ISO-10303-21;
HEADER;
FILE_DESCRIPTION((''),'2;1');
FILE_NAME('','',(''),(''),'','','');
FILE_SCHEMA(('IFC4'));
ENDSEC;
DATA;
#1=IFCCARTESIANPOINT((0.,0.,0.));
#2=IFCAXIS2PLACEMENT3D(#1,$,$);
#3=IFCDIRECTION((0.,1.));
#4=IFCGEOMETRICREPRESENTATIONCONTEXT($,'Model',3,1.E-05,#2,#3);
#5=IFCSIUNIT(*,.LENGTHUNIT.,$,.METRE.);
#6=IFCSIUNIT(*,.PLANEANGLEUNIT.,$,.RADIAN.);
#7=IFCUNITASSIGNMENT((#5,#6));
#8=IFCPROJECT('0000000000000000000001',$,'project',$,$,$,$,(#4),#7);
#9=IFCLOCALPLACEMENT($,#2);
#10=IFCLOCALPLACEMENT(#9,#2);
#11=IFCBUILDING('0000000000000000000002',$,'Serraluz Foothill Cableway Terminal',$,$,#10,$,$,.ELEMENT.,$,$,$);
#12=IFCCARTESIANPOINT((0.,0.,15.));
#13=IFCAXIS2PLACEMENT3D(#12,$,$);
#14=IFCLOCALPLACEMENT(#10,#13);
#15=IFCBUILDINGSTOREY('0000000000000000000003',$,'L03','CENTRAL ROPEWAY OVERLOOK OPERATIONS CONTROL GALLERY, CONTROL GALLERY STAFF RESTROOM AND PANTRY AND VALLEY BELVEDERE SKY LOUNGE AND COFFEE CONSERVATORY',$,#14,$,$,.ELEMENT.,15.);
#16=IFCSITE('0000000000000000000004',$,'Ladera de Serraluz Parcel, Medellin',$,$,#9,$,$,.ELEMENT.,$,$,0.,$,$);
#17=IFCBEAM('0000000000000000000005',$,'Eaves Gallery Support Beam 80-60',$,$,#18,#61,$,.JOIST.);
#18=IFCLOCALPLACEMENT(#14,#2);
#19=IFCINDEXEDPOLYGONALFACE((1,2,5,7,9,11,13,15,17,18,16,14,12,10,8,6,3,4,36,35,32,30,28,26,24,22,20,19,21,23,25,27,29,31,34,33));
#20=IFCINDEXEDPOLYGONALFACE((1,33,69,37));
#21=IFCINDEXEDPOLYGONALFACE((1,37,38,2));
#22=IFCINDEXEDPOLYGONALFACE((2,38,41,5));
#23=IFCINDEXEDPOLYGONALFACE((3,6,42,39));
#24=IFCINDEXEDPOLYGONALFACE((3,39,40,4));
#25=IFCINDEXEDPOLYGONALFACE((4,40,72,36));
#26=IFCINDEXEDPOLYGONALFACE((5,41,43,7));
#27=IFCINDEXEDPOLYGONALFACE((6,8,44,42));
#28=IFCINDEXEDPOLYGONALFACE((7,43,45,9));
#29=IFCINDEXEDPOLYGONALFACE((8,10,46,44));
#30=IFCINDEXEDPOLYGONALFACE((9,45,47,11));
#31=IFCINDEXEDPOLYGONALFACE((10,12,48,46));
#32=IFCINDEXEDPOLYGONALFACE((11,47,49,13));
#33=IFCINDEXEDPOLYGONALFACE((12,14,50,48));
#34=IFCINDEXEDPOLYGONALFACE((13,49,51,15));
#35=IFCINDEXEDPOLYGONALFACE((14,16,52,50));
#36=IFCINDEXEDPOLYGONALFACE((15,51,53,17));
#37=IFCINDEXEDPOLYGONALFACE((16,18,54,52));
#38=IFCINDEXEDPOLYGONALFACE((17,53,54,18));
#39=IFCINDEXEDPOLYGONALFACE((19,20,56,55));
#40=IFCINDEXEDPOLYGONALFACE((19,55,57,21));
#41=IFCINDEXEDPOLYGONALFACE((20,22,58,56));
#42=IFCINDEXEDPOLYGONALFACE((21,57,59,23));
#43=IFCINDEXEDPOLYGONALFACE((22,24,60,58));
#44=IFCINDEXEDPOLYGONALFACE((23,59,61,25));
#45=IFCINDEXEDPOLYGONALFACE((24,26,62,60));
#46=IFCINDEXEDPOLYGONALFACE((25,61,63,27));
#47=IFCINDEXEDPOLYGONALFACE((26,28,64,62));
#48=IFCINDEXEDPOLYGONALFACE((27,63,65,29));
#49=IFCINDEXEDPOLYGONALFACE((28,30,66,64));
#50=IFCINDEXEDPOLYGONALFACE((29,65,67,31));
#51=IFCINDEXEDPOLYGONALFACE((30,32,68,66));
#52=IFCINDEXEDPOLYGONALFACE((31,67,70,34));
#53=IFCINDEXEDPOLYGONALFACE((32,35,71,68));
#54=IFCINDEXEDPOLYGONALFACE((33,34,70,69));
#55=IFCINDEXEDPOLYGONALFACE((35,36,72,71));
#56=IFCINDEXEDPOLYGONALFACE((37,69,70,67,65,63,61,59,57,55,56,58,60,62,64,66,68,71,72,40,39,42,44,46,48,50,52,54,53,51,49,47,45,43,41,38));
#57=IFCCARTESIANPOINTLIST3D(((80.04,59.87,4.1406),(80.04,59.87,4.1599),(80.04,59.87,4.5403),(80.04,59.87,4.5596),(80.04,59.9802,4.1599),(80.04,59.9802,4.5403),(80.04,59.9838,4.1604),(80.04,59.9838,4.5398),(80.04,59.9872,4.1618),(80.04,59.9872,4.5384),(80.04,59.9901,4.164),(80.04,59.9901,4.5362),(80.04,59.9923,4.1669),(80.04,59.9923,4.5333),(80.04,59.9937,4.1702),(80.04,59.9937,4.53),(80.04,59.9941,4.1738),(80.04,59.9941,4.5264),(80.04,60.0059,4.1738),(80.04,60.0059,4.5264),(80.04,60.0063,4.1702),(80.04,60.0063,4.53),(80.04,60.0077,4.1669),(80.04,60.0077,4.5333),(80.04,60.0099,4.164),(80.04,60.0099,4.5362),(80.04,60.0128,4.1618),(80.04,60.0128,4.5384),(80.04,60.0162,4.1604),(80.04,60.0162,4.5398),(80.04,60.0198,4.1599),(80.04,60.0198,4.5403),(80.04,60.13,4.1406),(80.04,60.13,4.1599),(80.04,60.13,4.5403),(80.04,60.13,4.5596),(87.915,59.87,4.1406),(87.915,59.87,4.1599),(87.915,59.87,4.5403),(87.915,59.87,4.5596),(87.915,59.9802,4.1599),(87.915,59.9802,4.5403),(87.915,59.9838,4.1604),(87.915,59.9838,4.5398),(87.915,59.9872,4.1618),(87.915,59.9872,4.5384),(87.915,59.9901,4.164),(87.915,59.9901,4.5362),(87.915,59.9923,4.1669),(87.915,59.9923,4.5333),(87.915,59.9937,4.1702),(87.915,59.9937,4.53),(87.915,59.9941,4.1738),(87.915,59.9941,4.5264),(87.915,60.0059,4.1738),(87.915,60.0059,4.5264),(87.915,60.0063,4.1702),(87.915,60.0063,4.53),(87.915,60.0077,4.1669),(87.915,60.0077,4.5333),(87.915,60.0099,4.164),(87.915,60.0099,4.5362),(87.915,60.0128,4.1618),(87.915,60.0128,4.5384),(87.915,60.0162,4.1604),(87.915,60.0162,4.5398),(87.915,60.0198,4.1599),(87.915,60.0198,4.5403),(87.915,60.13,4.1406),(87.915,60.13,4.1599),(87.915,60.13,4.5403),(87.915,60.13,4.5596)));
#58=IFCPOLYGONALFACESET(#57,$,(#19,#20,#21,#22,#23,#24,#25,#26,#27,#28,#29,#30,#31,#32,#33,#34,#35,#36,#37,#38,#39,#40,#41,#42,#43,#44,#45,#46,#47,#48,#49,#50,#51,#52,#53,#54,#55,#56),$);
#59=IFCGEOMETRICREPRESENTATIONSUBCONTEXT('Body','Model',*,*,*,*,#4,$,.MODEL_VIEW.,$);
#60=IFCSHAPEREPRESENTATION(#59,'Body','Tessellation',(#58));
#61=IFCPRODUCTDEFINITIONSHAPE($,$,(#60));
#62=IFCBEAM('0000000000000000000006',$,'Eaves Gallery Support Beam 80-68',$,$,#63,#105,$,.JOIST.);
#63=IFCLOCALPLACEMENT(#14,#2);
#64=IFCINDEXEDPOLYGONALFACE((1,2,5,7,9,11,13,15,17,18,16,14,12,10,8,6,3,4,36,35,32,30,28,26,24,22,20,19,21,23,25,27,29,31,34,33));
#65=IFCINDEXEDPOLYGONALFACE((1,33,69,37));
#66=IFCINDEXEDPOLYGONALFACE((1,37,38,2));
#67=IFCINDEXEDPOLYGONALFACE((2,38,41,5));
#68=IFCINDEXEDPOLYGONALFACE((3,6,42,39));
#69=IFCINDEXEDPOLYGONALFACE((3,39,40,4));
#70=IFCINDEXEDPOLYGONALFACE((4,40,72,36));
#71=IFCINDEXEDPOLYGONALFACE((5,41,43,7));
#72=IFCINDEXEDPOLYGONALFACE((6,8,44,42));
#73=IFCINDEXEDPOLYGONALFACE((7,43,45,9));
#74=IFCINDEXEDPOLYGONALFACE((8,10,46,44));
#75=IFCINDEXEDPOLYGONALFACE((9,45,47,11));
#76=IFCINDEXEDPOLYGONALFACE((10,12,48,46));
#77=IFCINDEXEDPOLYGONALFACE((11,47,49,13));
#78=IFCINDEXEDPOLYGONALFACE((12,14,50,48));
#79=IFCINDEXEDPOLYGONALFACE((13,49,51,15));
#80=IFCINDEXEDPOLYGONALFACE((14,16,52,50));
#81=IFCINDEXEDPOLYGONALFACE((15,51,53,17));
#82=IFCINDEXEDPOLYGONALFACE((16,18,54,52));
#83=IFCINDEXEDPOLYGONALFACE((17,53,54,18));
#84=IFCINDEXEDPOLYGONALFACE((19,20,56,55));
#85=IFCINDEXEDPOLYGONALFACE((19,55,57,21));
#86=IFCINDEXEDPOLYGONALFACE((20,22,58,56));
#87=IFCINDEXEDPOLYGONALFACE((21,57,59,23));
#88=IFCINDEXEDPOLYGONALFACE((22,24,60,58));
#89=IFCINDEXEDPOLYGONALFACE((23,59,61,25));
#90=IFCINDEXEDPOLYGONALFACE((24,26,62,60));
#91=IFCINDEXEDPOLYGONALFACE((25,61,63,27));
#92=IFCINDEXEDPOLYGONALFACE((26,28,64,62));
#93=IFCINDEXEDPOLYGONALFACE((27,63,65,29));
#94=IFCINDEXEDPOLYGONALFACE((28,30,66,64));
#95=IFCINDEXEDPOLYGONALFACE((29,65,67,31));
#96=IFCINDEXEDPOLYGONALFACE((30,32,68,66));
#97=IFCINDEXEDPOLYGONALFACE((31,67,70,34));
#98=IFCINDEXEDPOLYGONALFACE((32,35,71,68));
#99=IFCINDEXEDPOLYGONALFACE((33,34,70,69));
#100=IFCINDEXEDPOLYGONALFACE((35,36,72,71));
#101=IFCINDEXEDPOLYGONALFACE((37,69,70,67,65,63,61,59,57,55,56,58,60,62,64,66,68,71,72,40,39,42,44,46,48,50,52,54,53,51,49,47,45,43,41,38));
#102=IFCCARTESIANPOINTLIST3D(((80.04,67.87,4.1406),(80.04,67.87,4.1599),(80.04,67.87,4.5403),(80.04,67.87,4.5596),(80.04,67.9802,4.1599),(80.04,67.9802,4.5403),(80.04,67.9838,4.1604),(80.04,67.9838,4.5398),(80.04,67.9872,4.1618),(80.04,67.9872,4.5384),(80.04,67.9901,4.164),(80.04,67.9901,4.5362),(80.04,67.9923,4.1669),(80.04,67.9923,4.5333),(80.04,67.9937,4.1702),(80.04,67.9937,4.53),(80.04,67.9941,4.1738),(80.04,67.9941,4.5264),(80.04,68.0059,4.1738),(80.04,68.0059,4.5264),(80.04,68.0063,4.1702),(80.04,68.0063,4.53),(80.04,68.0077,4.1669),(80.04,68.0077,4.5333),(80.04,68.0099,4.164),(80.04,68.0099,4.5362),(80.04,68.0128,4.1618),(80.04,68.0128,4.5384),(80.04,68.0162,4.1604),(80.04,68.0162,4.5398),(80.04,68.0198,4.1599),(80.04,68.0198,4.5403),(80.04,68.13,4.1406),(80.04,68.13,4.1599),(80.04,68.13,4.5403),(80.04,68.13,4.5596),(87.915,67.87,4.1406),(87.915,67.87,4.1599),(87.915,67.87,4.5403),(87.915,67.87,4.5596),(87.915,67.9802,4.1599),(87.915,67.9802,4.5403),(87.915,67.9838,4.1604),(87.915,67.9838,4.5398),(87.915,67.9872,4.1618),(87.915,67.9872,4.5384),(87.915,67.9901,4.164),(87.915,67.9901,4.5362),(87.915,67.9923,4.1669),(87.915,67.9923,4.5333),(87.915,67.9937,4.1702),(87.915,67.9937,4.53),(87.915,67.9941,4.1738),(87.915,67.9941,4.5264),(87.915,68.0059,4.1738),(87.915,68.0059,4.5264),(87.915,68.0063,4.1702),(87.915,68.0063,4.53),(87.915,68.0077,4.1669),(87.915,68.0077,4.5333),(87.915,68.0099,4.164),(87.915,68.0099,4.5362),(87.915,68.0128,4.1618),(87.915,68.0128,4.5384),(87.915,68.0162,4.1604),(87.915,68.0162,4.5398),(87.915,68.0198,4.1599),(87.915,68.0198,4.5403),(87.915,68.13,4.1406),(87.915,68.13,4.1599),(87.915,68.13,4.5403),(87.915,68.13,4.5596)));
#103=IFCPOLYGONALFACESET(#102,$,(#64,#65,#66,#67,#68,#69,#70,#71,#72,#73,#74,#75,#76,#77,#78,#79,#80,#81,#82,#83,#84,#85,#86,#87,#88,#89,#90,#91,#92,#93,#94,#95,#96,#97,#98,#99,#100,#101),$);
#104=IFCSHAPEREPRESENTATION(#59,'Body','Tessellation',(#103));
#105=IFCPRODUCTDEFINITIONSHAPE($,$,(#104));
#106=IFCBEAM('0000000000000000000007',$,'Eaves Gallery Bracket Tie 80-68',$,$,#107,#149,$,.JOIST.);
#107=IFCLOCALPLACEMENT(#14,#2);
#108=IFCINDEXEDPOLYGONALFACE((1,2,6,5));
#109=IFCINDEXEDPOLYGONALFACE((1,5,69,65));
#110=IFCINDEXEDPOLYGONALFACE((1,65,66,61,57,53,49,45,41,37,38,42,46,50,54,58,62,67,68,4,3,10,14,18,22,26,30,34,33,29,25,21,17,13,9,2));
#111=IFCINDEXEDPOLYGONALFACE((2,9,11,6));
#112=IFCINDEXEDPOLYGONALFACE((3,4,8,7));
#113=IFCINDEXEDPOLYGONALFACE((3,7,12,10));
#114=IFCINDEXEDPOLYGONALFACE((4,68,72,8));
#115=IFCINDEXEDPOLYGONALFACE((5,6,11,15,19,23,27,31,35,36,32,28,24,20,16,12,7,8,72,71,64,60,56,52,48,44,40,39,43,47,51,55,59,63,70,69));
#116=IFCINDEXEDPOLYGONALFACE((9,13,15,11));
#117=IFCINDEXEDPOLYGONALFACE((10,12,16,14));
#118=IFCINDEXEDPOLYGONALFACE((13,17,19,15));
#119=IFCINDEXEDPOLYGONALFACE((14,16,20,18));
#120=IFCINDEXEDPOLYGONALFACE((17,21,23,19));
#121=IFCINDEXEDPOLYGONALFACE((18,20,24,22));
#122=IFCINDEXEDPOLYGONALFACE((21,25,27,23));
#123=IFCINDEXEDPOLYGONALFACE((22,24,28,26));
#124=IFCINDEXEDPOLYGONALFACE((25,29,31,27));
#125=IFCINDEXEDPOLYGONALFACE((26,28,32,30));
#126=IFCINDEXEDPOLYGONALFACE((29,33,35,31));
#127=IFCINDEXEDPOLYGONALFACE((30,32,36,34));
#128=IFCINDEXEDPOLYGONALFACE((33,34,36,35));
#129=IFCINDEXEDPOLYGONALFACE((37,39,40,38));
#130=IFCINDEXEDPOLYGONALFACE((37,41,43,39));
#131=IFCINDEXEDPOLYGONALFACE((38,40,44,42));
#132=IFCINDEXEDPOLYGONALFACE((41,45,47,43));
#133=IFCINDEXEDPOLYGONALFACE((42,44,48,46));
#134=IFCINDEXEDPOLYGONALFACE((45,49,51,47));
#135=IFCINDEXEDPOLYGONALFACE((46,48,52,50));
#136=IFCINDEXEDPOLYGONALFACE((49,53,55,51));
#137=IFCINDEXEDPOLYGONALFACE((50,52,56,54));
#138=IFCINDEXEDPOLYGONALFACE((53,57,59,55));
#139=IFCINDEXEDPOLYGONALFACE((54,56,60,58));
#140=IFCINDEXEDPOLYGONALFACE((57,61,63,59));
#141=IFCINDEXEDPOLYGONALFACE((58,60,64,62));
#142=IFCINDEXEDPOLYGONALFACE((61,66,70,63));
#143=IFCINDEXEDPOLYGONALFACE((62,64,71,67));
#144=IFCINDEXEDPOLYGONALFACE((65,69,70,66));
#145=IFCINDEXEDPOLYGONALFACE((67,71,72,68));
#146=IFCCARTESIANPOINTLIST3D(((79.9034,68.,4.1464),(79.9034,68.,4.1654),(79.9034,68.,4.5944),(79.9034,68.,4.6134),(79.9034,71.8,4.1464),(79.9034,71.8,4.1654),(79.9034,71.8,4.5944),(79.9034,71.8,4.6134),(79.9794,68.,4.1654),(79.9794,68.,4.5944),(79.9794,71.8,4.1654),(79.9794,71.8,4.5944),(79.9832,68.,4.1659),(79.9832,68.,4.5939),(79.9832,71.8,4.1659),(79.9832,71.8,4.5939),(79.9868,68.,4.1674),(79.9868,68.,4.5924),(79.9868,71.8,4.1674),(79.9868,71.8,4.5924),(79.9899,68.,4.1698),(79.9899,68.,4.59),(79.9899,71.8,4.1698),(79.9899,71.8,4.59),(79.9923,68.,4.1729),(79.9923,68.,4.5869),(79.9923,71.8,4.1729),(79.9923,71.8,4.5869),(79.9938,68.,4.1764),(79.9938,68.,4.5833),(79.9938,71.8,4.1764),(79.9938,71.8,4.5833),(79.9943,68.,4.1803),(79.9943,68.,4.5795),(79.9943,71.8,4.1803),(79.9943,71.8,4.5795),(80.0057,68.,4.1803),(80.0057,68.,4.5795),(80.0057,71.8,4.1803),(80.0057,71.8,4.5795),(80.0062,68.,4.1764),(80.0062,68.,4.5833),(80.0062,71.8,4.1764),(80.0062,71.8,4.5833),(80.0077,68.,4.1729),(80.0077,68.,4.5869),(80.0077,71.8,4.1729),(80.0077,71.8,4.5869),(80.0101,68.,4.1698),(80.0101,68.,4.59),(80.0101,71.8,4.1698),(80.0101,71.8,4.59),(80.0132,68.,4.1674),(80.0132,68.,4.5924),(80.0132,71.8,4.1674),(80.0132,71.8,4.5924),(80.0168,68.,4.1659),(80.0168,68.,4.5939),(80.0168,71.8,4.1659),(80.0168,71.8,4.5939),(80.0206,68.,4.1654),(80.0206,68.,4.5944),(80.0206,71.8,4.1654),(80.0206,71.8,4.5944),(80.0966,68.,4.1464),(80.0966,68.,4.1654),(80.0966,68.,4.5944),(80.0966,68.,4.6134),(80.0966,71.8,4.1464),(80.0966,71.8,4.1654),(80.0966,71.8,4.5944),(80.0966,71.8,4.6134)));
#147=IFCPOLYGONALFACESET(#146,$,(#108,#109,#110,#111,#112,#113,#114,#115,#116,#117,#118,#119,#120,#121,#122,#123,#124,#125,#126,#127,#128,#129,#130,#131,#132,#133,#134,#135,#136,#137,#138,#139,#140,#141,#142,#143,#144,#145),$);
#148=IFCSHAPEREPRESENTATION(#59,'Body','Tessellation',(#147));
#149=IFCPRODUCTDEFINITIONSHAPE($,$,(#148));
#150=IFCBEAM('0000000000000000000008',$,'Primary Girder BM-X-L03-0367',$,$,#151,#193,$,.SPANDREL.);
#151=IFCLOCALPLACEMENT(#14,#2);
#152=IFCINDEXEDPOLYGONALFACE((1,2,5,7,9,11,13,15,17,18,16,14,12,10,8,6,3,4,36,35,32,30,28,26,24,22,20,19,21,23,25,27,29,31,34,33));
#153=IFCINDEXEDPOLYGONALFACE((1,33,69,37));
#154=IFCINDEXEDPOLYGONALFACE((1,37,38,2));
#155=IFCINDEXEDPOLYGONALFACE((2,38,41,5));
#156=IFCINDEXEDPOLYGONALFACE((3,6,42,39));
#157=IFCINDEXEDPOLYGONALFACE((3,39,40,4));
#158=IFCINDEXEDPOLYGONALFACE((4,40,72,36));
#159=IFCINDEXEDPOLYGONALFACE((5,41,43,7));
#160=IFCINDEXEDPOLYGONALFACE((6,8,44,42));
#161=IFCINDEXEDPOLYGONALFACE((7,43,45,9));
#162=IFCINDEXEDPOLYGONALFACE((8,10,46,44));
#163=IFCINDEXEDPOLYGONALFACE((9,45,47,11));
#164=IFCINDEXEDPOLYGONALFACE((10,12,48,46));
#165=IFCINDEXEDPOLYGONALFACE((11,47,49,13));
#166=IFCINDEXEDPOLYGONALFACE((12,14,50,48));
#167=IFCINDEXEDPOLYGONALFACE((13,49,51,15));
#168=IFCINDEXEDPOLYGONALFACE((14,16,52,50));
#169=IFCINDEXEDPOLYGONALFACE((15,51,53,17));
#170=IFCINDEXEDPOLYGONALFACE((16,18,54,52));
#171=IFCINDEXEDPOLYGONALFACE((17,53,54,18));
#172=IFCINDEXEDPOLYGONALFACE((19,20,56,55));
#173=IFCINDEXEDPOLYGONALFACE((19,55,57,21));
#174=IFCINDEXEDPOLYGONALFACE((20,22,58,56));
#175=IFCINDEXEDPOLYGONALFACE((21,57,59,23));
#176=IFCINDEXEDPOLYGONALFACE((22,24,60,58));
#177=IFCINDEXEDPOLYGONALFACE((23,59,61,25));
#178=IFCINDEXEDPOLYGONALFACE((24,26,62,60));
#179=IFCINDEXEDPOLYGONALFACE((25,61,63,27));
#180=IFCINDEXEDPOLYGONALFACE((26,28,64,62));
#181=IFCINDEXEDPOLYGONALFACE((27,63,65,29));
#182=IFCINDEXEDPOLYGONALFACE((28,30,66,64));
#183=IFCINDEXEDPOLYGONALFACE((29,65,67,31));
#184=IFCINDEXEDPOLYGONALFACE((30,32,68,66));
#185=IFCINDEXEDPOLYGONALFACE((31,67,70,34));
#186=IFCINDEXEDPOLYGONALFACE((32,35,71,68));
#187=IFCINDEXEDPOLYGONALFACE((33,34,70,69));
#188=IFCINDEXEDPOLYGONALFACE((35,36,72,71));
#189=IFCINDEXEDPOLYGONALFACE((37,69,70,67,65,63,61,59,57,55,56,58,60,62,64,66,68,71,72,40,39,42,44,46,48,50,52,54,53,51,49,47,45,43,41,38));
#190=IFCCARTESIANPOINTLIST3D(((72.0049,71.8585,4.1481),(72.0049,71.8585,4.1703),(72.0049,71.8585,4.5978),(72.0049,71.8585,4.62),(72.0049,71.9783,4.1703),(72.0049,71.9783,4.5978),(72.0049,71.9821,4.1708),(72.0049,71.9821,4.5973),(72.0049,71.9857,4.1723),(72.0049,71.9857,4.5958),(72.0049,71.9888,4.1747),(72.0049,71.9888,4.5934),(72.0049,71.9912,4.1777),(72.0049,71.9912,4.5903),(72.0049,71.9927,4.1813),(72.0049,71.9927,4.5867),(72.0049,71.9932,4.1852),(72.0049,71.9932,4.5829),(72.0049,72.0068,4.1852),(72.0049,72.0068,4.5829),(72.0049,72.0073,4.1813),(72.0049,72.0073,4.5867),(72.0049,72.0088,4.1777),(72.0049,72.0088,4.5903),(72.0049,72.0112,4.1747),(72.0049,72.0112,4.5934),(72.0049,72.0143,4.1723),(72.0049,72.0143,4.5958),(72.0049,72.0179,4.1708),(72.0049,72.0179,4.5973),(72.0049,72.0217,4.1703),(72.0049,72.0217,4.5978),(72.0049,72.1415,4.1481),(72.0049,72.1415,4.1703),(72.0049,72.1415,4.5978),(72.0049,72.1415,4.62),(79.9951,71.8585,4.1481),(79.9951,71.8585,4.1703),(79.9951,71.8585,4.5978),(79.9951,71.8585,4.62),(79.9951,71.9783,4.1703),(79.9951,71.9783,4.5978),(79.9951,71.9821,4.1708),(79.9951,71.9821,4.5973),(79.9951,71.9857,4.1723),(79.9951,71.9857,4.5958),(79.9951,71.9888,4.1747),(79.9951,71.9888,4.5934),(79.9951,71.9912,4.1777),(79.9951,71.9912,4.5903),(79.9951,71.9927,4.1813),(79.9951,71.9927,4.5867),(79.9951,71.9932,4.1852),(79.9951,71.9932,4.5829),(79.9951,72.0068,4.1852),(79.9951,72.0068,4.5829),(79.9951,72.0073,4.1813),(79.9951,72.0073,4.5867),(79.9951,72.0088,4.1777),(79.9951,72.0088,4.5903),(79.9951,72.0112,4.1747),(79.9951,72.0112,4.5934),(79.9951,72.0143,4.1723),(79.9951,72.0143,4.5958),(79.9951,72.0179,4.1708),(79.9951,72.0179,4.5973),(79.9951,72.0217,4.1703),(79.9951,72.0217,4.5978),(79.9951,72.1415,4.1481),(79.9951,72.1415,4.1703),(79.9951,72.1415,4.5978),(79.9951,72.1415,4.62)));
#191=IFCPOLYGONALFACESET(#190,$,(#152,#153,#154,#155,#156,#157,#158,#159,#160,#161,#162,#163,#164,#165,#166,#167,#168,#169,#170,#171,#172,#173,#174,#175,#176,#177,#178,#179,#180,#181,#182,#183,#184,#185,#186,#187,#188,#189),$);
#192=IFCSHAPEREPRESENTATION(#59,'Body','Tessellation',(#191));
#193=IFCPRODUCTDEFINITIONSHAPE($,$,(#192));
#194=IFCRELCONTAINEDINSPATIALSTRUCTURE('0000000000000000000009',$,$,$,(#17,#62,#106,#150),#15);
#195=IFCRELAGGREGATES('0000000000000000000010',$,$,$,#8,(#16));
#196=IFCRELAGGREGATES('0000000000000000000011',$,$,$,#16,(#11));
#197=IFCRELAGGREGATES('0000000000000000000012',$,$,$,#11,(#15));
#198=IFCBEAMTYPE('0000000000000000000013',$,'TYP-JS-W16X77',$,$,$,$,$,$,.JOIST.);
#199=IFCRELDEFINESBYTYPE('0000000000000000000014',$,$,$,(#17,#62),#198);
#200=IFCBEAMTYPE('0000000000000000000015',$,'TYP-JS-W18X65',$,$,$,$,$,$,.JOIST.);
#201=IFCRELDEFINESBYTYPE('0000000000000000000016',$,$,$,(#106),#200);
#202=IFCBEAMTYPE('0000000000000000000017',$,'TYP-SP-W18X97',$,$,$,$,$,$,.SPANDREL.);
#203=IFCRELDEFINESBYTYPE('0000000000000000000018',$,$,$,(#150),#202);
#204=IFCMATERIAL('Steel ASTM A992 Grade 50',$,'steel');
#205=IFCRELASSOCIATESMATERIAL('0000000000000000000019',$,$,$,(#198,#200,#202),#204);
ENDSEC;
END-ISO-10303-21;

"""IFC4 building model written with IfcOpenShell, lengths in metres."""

from ifc_helpers import new_model, si_unit, direction, frame, origin, origin_2d, place, context, subcontext, project, spatial, i_section, extrude, material, material_profile, profile_set, type_object, element, save


model = new_model("IFC4")

# Units and contexts
model_context = context("Model", 3, precision=1e-05, world=origin(), true_north=direction((0.0, 1.0)))
body_context = subcontext(model_context, "Body", "Model", "MODEL_VIEW")
ifc_project = project(units=[si_unit("LENGTHUNIT", "METRE"), si_unit("PLANEANGLEUNIT", "RADIAN")], contexts=[model_context])

# Site, building, storey
site_placement = place(None, origin())
site = spatial("IfcSite", under=ifc_project, at=site_placement, Name="Ladera de Serraluz Parcel, Medellin", CompositionType="ELEMENT", RefElevation=0.0)
building_placement = place(site_placement, origin())
building = spatial("IfcBuilding", under=site, at=building_placement, Name="Serraluz Foothill Cableway Terminal", CompositionType="ELEMENT")
storey_placement = place(building_placement, frame((0.0, 0.0, 15.0)))
storey = spatial("IfcBuildingStorey", under=building, at=storey_placement, Name="L03", Description="CENTRAL ROPEWAY OVERLOOK OPERATIONS CONTROL GALLERY, CONTROL GALLERY STAFF RESTROOM AND PANTRY AND VALLEY BELVEDERE SKY LOUNGE AND COFFEE CONSERVATORY", CompositionType="ELEMENT", Elevation=15.0)

# Shared definitions
ifc_material_1 = material(Name="Steel ASTM A992 Grade 50", Category="steel")

# Beams
ifc_material_profile_1 = material_profile(ifc_material_1, i_section(OverallWidth=0.26, OverallDepth=0.4189, WebThickness=0.0117, FlangeThickness=0.0193, FilletRadius=0.0139, at=origin_2d()), Name="W16X77")
ifc_profile_set_1 = profile_set([ifc_material_profile_1], Name="Steel ASTM A992 Grade 50")
beam_type_1 = type_object("IfcBeamType", Name="TYP-JS-W16X77", PredefinedType="JOIST", material=ifc_profile_set_1)
for number, where, z_axis, x_axis, name in (
    (1, (80.04, 60.0, 4.3501), (1.0, 0.0, 0.0), (0.0, 1.0, 0.0), "Eaves Gallery Support Beam 80-60"),
    (2, (80.04, 68.0, 4.3501), (1.0, 0.0, 0.0), (0.0, 1.0, 0.0), "Eaves Gallery Support Beam 80-68"),
):
    element("IfcBeam", number, at=place(storey_placement, frame(where, z_axis=z_axis, x_axis=x_axis)), inside=storey, type_object=beam_type_1, Name=name, PredefinedType="JOIST", context=body_context, shape_type="SweptSolid", body=[
        extrude(i_section(OverallWidth=0.26, OverallDepth=0.4189, WebThickness=0.0117, FlangeThickness=0.0193, FilletRadius=0.0139, at=origin_2d()), origin(), (0.0, 0.0, 1.0), 7.875),
    ])
ifc_material_profile_2 = material_profile(ifc_material_1, i_section(OverallWidth=0.1931, OverallDepth=0.467, WebThickness=0.0115, FlangeThickness=0.019, FilletRadius=0.0149, at=origin_2d()), Name="W18X65")
ifc_profile_set_2 = profile_set([ifc_material_profile_2], Name="Steel ASTM A992 Grade 50")
beam_type_2 = type_object("IfcBeamType", Name="TYP-JS-W18X65", PredefinedType="JOIST", material=ifc_profile_set_2)
beam_1_placement = place(storey_placement, frame((80.0, 68.0, 4.3799), z_axis=(0.0, 1.0, 0.0), x_axis=(-1.0, 0.0, 0.0)))
element("IfcBeam", 3, at=beam_1_placement, inside=storey, type_object=beam_type_2, Name="Eaves Gallery Bracket Tie 80-68", PredefinedType="JOIST", context=body_context, shape_type="SweptSolid", body=[
    extrude(i_section(OverallWidth=0.1931, OverallDepth=0.467, WebThickness=0.0115, FlangeThickness=0.019, FilletRadius=0.0149, at=origin_2d()), origin(), (0.0, 0.0, 1.0), 3.8),
])
ifc_material_profile_3 = material_profile(ifc_material_1, i_section(OverallWidth=0.283, OverallDepth=0.4719, WebThickness=0.0137, FlangeThickness=0.0222, FilletRadius=0.0149, at=origin_2d()), Name="W18X97")
ifc_profile_set_3 = profile_set([ifc_material_profile_3], Name="Steel ASTM A992 Grade 50")
beam_type_3 = type_object("IfcBeamType", Name="TYP-SP-W18X97", PredefinedType="SPANDREL", material=ifc_profile_set_3)
beam_2_placement = place(storey_placement, frame((72.0049, 72.0, 4.384), z_axis=(1.0, 0.0, 0.0), x_axis=(0.0, 1.0, 0.0)))
element("IfcBeam", 4, at=beam_2_placement, inside=storey, type_object=beam_type_3, Name="Primary Girder BM-X-L03-0367", PredefinedType="SPANDREL", context=body_context, shape_type="SweptSolid", body=[
    extrude(i_section(OverallWidth=0.283, OverallDepth=0.4719, WebThickness=0.0137, FlangeThickness=0.0222, FilletRadius=0.0149, at=origin_2d()), origin(), (0.0, 0.0, 1.0), 7.9902),
])

save(model, "model.ifc")
